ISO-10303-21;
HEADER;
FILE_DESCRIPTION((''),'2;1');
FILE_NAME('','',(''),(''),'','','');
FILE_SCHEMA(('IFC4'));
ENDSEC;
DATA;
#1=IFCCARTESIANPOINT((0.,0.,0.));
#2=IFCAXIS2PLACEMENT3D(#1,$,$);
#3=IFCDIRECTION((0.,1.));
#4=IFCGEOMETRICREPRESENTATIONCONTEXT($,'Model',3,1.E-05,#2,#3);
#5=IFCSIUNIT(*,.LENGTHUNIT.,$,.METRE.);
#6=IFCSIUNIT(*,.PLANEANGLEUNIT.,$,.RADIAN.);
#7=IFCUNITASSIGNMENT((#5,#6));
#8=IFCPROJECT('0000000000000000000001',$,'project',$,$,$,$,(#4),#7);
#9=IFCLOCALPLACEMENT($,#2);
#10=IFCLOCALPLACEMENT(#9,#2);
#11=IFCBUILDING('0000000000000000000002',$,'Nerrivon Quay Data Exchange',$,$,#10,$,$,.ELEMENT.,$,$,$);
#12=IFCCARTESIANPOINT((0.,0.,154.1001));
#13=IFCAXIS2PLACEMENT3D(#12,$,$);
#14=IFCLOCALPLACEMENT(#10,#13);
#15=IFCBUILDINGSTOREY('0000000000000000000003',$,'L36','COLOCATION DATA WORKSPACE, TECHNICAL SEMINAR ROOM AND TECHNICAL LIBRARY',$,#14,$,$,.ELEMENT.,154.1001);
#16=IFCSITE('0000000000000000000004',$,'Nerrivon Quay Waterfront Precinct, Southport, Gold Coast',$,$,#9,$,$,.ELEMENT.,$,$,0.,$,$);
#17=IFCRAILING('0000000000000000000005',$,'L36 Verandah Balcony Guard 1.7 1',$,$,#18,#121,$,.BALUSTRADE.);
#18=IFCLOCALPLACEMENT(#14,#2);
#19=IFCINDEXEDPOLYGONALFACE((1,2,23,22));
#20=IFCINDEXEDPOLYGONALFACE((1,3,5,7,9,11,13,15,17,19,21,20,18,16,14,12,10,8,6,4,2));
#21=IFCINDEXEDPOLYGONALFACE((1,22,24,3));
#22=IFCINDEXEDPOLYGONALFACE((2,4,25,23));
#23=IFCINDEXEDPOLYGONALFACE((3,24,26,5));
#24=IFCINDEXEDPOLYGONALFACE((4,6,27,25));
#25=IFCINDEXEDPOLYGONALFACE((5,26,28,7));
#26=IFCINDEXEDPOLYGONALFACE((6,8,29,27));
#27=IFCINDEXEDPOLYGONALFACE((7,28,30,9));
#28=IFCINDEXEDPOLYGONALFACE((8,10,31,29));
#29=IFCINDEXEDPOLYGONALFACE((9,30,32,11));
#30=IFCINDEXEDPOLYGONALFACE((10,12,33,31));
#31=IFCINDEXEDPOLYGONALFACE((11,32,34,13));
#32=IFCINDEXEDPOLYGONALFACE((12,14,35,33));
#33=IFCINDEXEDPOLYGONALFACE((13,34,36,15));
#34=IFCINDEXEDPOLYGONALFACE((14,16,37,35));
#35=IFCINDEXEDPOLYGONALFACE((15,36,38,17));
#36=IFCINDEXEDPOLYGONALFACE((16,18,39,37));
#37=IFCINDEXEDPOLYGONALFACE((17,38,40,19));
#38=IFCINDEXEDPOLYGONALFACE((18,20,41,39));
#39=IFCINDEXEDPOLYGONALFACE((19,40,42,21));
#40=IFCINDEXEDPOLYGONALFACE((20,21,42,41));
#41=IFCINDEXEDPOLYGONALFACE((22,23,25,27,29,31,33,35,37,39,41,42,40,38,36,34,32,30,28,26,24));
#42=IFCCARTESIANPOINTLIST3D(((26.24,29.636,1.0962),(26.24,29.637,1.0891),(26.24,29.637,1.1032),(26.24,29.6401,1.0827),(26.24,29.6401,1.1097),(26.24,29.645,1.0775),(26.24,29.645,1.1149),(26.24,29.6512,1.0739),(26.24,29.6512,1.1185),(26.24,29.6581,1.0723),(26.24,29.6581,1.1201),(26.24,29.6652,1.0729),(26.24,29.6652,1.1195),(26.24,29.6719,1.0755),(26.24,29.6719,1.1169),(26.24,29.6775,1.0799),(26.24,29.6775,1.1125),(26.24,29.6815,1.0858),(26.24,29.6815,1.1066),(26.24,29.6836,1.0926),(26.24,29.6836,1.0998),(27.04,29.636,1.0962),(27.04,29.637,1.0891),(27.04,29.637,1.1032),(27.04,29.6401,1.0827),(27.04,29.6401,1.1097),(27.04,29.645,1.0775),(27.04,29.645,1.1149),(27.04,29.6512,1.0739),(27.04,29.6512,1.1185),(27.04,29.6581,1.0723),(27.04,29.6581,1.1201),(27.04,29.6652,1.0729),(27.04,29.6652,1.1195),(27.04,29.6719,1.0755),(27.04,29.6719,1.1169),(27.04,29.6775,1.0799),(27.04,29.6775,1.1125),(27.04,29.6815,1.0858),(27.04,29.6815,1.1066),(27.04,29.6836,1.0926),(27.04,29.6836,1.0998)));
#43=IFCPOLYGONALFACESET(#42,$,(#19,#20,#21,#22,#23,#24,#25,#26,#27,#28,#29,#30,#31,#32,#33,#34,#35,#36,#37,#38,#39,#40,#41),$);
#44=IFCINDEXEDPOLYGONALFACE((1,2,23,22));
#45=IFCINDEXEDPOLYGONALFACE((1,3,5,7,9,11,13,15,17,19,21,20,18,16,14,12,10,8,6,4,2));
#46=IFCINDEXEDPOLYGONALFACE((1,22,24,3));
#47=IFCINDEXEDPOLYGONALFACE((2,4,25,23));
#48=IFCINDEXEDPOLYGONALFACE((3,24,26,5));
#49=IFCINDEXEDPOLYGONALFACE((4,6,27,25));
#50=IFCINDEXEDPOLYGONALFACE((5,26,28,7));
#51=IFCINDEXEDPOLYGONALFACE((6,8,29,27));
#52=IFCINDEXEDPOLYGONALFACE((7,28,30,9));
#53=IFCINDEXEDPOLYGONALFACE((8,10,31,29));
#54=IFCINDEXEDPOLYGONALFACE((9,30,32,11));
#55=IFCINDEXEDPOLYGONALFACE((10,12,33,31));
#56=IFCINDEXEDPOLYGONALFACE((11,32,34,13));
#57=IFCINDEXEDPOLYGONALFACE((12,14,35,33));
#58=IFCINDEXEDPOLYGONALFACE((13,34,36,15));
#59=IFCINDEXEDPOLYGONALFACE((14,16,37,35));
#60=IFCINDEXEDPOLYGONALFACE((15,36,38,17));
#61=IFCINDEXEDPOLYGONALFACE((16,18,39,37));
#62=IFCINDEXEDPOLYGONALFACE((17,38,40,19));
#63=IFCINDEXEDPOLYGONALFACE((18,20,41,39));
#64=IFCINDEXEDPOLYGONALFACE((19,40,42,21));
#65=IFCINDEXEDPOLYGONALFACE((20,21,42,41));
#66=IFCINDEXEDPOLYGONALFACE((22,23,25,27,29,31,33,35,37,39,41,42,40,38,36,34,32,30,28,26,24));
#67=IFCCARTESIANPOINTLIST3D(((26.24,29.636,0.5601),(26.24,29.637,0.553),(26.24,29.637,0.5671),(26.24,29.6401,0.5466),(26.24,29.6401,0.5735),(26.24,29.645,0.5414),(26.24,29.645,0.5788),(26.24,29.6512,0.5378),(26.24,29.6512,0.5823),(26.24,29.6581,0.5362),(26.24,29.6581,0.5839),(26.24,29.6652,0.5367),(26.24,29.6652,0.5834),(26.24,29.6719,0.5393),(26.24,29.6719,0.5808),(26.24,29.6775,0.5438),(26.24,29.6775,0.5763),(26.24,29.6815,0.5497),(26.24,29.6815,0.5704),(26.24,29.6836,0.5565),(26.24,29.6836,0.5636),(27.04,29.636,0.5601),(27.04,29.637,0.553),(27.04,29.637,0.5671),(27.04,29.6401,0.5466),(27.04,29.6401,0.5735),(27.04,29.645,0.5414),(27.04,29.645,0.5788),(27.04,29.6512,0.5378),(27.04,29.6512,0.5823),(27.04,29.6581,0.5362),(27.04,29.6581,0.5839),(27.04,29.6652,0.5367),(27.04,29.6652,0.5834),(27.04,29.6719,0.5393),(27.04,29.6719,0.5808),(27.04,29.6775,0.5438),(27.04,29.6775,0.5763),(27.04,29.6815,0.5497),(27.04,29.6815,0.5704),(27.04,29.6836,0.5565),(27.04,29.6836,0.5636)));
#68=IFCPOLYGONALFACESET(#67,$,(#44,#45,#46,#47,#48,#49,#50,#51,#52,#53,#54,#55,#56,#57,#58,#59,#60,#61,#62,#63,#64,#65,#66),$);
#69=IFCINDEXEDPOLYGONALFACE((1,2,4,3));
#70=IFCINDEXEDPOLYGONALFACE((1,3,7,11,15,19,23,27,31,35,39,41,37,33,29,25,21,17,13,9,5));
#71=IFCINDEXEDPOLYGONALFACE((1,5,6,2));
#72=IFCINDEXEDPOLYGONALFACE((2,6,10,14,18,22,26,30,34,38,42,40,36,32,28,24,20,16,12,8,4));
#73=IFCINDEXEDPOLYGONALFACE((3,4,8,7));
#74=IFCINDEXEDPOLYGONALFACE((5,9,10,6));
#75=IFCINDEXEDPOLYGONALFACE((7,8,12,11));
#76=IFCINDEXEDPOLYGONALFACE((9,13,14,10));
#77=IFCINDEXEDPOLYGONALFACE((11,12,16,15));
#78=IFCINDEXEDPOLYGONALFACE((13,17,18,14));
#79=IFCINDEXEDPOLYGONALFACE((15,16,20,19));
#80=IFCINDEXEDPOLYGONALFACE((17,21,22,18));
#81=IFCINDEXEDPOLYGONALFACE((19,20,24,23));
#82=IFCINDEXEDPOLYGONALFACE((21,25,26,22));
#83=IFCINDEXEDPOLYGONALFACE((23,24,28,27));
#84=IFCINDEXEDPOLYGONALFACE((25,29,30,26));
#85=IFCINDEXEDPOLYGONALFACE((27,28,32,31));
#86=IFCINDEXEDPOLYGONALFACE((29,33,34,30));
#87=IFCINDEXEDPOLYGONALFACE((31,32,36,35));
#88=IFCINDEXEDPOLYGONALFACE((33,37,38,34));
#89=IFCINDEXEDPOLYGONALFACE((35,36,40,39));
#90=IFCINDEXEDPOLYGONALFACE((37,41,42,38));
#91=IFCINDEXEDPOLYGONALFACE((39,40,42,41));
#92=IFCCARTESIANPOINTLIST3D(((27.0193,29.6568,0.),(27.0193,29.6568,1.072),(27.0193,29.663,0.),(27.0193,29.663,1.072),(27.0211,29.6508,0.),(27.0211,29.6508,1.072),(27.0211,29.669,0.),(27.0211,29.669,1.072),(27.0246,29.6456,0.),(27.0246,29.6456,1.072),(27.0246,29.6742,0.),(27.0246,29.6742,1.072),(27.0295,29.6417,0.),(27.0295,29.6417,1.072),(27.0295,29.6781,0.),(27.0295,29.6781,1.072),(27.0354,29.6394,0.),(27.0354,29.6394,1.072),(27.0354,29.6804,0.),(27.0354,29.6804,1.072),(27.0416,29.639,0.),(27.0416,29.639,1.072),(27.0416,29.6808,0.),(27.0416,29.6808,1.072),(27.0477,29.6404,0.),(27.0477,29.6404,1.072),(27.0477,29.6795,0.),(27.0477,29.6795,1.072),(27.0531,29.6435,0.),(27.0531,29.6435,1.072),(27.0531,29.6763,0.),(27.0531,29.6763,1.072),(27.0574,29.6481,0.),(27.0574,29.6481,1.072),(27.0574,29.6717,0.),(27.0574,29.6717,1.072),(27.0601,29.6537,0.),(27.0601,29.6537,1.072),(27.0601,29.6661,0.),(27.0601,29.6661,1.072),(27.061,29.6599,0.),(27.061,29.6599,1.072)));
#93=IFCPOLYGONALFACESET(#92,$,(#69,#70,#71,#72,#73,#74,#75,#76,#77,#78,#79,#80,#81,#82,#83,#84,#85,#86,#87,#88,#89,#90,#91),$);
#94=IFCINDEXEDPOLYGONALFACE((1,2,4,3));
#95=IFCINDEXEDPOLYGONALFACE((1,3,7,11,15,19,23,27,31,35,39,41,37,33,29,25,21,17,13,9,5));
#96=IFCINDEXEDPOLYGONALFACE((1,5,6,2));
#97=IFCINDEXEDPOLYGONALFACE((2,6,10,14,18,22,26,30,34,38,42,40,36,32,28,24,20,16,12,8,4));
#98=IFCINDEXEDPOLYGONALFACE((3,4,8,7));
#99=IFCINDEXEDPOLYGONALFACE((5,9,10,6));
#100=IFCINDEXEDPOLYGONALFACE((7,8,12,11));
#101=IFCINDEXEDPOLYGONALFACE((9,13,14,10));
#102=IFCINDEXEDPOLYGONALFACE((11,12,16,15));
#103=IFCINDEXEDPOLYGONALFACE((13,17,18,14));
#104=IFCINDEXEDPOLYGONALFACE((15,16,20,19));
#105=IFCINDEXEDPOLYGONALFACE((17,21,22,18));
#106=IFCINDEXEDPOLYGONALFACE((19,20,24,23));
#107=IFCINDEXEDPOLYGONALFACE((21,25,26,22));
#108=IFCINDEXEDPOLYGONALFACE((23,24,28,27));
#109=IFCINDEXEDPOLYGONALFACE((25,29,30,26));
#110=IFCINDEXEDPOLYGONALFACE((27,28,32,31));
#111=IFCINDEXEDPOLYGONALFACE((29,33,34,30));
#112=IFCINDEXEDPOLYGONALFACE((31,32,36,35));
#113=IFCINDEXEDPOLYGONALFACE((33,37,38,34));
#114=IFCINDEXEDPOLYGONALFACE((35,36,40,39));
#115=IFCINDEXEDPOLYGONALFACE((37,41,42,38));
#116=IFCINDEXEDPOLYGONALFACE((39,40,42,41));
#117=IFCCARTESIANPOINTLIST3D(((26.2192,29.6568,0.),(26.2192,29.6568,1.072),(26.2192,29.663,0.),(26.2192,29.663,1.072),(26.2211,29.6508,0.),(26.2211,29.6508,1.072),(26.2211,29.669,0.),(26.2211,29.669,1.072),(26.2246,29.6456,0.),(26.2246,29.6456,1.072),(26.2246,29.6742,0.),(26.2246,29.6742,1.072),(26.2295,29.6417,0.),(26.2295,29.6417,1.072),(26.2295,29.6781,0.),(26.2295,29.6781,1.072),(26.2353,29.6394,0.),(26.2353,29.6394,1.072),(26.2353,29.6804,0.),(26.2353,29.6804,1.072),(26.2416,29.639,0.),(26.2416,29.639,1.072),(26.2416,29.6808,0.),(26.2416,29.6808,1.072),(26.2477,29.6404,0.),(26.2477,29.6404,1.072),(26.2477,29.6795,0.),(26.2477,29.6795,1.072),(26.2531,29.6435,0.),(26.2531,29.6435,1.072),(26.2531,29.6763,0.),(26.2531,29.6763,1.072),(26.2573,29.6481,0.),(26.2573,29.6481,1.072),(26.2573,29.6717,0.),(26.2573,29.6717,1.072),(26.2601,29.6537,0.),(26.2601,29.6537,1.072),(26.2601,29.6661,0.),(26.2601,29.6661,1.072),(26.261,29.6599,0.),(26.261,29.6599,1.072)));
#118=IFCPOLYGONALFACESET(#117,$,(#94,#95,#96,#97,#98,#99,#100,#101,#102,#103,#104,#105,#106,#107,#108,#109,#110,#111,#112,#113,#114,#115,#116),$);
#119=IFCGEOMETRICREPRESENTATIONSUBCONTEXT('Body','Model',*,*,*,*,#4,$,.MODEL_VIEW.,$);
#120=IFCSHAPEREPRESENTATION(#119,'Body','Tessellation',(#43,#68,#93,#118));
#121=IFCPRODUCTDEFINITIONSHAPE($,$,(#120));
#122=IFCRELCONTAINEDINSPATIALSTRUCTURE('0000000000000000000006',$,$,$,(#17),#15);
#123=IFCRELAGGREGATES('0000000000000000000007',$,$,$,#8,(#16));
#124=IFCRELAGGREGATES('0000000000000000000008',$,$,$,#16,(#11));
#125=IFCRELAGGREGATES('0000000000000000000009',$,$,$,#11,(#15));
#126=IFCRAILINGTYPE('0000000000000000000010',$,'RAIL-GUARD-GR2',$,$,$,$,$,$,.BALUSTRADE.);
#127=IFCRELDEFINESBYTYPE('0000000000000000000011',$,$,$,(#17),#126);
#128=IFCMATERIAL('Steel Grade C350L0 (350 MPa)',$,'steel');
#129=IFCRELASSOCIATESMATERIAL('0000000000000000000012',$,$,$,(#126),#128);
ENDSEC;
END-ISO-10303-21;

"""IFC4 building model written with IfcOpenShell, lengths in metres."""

from ifc_helpers import new_model, si_unit, direction, frame, origin, origin_2d, place, context, subcontext, project, spatial, circle, extrude, material, type_object, element, save


model = new_model("IFC4")

# Units and contexts
model_context = context("Model", 3, precision=1e-05, world=origin(), true_north=direction((0.0, 1.0)))
body_context = subcontext(model_context, "Body", "Model", "MODEL_VIEW")
ifc_project = project(units=[si_unit("LENGTHUNIT", "METRE"), si_unit("PLANEANGLEUNIT", "RADIAN")], contexts=[model_context])

# Site, building, storey
site_placement = place(None, origin())
site = spatial("IfcSite", under=ifc_project, at=site_placement, Name="Nerrivon Quay Waterfront Precinct, Southport, Gold Coast", CompositionType="ELEMENT", RefElevation=0.0)
building_placement = place(site_placement, origin())
building = spatial("IfcBuilding", under=site, at=building_placement, Name="Nerrivon Quay Data Exchange", CompositionType="ELEMENT")
storey_placement = place(building_placement, frame((0.0, 0.0, 154.1001)))
storey = spatial("IfcBuildingStorey", under=building, at=storey_placement, Name="L36", Description="COLOCATION DATA WORKSPACE, TECHNICAL SEMINAR ROOM AND TECHNICAL LIBRARY", CompositionType="ELEMENT", Elevation=154.1001)

# Railing
ifc_material_1 = material(Name="Steel Grade C350L0 (350 MPa)", Category="steel")
railing_type = type_object("IfcRailingType", Name="RAIL-GUARD-GR2", PredefinedType="BALUSTRADE", material=ifc_material_1)
railing_1_placement = place(storey_placement, frame((27.04, 29.6599, 0.0)))
element("IfcRailing", 1, at=railing_1_placement, inside=storey, type_object=railing_type, Name="L36 Verandah Balcony Guard 1.7 1", PredefinedType="BALUSTRADE", context=body_context, shape_type="SweptSolid", body=[
    extrude(circle(Radius=0.0239, at=origin_2d()), frame((0.0, 0.0, 1.0962), z_axis=(-1.0, 0.0, 0.0), x_axis=(0.0, -1.0, 0.0)), (0.0, 0.0, 1.0), 0.8),
    extrude(circle(Radius=0.0239, at=origin_2d()), frame((0.0, 0.0, 0.5601), z_axis=(-1.0, 0.0, 0.0), x_axis=(0.0, -1.0, 0.0)), (0.0, 0.0, 1.0), 0.8),
    extrude(circle(Radius=0.021, at=origin_2d()), origin(), (0.0, 0.0, 1.0), 1.072),
    extrude(circle(Radius=0.021, at=origin_2d()), frame((-0.8, 0.0, 0.0)), (0.0, 0.0, 1.0), 1.072),
])

save(model, "model.ifc")
